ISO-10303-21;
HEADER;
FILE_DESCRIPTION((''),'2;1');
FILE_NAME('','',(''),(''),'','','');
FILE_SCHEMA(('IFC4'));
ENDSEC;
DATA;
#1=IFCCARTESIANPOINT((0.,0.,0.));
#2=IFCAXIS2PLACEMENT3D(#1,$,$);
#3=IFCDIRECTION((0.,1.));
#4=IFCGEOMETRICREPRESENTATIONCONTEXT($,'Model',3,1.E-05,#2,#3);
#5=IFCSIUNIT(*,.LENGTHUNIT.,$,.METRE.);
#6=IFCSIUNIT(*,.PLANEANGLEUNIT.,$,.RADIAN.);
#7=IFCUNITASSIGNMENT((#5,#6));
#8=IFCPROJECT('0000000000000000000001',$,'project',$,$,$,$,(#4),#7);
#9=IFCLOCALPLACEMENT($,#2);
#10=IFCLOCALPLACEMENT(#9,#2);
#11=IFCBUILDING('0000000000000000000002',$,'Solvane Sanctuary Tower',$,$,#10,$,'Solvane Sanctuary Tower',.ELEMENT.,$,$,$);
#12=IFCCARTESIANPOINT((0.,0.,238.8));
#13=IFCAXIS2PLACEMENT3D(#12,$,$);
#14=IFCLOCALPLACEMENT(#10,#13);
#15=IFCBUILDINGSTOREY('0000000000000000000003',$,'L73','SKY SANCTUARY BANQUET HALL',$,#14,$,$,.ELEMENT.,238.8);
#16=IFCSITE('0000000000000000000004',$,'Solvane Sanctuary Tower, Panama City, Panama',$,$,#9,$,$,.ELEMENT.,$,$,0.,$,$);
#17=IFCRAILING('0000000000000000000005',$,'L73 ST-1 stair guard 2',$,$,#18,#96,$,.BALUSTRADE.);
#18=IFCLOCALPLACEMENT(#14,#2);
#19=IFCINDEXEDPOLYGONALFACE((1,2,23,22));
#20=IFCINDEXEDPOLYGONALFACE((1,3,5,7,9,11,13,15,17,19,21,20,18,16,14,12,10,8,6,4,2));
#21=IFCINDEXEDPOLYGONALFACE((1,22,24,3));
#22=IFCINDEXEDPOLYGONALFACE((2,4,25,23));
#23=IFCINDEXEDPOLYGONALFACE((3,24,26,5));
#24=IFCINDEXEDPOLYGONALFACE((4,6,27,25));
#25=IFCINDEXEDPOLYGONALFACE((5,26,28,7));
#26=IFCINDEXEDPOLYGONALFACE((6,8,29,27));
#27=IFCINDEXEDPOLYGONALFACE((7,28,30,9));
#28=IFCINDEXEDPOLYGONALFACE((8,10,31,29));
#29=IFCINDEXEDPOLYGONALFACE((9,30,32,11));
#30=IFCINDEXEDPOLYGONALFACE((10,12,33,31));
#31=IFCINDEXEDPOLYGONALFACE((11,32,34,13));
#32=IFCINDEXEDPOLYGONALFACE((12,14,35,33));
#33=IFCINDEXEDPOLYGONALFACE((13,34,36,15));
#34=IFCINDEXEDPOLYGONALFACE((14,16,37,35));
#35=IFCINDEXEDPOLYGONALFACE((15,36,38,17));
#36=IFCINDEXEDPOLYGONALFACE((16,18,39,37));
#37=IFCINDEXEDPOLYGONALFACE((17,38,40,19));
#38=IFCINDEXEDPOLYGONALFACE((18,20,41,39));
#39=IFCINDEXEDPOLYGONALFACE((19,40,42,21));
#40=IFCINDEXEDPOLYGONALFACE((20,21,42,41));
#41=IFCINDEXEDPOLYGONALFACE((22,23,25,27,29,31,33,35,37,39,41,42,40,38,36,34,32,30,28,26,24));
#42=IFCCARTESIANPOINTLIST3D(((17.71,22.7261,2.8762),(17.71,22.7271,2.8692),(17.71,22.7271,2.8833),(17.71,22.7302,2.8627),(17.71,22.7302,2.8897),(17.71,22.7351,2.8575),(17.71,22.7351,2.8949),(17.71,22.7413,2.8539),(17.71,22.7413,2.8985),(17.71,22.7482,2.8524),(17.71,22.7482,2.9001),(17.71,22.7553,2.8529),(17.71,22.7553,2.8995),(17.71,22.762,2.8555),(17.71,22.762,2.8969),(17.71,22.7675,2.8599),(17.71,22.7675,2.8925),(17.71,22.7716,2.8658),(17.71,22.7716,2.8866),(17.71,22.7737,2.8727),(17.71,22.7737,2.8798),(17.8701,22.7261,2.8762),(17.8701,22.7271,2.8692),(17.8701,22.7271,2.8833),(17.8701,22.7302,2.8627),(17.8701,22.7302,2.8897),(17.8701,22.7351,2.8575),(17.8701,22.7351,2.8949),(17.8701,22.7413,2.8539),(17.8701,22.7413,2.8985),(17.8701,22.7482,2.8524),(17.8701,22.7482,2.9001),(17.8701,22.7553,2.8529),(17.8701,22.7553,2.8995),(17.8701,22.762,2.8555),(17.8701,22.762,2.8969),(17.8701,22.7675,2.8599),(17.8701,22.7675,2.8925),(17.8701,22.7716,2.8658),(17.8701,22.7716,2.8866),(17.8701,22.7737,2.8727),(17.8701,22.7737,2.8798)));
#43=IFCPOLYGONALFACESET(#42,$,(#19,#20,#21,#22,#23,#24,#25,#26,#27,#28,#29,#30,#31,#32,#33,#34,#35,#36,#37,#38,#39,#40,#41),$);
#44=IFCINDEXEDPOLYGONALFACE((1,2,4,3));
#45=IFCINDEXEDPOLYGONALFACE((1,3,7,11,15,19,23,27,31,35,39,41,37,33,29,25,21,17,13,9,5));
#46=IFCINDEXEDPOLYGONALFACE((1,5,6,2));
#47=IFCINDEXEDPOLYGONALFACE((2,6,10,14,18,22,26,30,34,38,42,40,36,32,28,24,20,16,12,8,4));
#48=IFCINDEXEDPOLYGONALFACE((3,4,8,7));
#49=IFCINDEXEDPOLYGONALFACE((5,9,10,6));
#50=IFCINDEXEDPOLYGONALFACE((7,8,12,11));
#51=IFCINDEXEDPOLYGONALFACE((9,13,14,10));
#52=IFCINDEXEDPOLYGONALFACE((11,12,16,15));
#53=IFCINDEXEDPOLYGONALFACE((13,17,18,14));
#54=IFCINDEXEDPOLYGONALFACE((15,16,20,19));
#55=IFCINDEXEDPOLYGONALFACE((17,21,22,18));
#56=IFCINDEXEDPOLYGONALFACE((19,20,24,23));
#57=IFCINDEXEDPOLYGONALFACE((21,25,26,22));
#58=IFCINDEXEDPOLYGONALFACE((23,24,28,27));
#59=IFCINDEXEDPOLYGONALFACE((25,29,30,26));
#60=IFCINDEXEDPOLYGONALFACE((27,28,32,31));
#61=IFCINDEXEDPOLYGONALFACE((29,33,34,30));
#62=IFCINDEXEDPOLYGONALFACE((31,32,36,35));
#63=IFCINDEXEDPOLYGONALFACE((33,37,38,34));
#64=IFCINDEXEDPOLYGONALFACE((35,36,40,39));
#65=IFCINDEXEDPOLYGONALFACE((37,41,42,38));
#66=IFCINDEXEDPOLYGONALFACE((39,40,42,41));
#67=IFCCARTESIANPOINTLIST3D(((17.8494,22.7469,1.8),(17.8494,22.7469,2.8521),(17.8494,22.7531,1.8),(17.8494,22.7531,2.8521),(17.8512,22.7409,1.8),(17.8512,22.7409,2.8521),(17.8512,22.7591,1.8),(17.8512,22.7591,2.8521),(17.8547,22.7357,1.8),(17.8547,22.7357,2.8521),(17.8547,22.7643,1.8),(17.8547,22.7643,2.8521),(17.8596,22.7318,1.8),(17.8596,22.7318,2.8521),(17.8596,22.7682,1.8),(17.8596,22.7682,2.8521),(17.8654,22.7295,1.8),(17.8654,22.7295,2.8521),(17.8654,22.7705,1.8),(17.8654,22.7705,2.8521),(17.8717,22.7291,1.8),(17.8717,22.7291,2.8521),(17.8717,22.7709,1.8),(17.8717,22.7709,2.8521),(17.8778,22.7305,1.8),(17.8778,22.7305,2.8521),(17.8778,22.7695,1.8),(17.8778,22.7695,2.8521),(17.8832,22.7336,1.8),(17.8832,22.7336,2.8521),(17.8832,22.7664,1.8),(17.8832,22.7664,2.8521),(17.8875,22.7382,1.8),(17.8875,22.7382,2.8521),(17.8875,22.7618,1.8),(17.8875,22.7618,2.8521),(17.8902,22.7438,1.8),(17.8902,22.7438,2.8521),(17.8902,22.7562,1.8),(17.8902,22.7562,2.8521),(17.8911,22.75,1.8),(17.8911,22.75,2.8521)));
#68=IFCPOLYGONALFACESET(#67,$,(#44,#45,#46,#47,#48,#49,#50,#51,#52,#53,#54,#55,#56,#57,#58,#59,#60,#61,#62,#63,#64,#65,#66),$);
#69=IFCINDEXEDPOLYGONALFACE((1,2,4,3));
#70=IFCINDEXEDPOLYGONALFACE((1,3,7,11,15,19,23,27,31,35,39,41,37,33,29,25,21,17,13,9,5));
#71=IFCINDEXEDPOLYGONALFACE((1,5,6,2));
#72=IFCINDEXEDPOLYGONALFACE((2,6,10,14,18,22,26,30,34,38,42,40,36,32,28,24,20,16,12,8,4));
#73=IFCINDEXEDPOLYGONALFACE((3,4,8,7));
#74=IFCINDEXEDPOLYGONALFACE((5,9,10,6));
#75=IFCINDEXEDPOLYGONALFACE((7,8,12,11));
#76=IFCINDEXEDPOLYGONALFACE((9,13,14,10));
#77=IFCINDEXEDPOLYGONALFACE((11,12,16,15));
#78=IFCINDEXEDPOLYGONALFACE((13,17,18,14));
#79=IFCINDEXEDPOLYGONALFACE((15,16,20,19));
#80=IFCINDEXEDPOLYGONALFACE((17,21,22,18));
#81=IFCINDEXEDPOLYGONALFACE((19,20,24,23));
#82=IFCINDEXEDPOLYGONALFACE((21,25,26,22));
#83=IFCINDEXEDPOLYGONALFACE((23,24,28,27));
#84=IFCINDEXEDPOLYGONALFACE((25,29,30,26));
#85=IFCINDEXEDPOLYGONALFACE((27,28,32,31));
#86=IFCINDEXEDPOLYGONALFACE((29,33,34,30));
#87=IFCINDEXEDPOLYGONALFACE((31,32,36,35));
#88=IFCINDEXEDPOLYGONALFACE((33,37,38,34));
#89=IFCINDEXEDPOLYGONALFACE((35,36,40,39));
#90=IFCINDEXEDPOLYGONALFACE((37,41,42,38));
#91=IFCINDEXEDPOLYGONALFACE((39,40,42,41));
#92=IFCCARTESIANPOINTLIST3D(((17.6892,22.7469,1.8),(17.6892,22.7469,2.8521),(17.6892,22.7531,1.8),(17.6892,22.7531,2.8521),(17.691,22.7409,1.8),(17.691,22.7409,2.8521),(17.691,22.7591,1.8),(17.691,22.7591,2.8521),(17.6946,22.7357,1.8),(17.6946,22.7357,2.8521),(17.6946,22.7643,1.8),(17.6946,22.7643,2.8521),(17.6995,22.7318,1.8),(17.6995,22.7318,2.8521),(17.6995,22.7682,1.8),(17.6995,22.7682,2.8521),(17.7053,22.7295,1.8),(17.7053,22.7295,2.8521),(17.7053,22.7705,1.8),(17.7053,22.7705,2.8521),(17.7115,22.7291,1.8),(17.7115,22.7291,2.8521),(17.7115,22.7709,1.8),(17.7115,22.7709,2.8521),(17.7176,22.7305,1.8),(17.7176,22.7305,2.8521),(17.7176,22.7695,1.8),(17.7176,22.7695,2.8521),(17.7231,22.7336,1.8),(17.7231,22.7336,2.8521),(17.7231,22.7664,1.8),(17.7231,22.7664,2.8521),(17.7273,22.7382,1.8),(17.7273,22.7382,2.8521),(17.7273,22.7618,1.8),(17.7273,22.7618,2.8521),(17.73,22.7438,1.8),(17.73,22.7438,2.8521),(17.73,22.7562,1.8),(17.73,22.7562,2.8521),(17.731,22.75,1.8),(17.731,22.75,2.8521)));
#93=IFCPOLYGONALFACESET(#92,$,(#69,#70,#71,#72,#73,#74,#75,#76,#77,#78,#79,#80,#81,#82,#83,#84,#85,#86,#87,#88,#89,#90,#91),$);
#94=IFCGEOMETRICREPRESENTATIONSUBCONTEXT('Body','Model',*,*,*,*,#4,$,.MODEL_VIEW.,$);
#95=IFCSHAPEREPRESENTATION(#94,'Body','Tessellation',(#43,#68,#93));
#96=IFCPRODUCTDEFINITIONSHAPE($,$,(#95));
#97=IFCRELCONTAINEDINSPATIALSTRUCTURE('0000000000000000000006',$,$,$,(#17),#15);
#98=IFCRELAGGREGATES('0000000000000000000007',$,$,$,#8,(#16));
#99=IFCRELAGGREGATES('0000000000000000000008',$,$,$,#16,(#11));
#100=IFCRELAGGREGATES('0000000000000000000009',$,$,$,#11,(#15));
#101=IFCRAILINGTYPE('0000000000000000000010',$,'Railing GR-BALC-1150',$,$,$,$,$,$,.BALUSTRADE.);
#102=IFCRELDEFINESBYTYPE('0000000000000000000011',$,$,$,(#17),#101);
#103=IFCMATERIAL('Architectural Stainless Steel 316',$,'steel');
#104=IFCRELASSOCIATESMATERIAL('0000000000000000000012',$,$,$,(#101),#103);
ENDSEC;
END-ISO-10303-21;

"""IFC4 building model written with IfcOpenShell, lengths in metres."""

from ifc_helpers import new_model, si_unit, direction, frame, origin, origin_2d, place, context, subcontext, project, spatial, circle, extrude, material, type_object, element, save


model = new_model("IFC4")

# Units and contexts
model_context = context("Model", 3, precision=1e-05, world=origin(), true_north=direction((0.0, 1.0)))
body_context = subcontext(model_context, "Body", "Model", "MODEL_VIEW")
ifc_project = project(units=[si_unit("LENGTHUNIT", "METRE"), si_unit("PLANEANGLEUNIT", "RADIAN")], contexts=[model_context])

# Site, building, storey
site_placement = place(None, origin())
site = spatial("IfcSite", under=ifc_project, at=site_placement, Name="Solvane Sanctuary Tower, Panama City, Panama", CompositionType="ELEMENT", RefElevation=0.0)
building_placement = place(site_placement, origin())
building = spatial("IfcBuilding", under=site, at=building_placement, Name="Solvane Sanctuary Tower", LongName="Solvane Sanctuary Tower", CompositionType="ELEMENT")
storey_placement = place(building_placement, frame((0.0, 0.0, 238.8)))
storey = spatial("IfcBuildingStorey", under=building, at=storey_placement, Name="L73", Description="SKY SANCTUARY BANQUET HALL", CompositionType="ELEMENT", Elevation=238.8)

# Shared definitions
ifc_material_1 = material(Name="Architectural Stainless Steel 316", Category="steel")

# Railing
railing_type_1 = type_object("IfcRailingType", Name="Railing GR-BALC-1150", PredefinedType="BALUSTRADE", material=ifc_material_1)
railing_1_placement = place(storey_placement, frame((17.8701, 22.75, 1.8)))
element("IfcRailing", 1, at=railing_1_placement, inside=storey, type_object=railing_type_1, Name="L73 ST-1 stair guard 2", PredefinedType="BALUSTRADE", context=body_context, shape_type="SweptSolid", body=[
    extrude(circle(Radius=0.0239, at=origin_2d()), frame((0.0, 0.0, 1.0762), z_axis=(-1.0, 0.0, 0.0), x_axis=(0.0, -1.0, 0.0)), (0.0, 0.0, 1.0), 0.1602),
    extrude(circle(Radius=0.021, at=origin_2d()), origin(), (0.0, 0.0, 1.0), 1.052),
    extrude(circle(Radius=0.021, at=origin_2d()), frame((-0.1602, 0.0, 0.0)), (0.0, 0.0, 1.0), 1.052),
])

save(model, "model.ifc")
